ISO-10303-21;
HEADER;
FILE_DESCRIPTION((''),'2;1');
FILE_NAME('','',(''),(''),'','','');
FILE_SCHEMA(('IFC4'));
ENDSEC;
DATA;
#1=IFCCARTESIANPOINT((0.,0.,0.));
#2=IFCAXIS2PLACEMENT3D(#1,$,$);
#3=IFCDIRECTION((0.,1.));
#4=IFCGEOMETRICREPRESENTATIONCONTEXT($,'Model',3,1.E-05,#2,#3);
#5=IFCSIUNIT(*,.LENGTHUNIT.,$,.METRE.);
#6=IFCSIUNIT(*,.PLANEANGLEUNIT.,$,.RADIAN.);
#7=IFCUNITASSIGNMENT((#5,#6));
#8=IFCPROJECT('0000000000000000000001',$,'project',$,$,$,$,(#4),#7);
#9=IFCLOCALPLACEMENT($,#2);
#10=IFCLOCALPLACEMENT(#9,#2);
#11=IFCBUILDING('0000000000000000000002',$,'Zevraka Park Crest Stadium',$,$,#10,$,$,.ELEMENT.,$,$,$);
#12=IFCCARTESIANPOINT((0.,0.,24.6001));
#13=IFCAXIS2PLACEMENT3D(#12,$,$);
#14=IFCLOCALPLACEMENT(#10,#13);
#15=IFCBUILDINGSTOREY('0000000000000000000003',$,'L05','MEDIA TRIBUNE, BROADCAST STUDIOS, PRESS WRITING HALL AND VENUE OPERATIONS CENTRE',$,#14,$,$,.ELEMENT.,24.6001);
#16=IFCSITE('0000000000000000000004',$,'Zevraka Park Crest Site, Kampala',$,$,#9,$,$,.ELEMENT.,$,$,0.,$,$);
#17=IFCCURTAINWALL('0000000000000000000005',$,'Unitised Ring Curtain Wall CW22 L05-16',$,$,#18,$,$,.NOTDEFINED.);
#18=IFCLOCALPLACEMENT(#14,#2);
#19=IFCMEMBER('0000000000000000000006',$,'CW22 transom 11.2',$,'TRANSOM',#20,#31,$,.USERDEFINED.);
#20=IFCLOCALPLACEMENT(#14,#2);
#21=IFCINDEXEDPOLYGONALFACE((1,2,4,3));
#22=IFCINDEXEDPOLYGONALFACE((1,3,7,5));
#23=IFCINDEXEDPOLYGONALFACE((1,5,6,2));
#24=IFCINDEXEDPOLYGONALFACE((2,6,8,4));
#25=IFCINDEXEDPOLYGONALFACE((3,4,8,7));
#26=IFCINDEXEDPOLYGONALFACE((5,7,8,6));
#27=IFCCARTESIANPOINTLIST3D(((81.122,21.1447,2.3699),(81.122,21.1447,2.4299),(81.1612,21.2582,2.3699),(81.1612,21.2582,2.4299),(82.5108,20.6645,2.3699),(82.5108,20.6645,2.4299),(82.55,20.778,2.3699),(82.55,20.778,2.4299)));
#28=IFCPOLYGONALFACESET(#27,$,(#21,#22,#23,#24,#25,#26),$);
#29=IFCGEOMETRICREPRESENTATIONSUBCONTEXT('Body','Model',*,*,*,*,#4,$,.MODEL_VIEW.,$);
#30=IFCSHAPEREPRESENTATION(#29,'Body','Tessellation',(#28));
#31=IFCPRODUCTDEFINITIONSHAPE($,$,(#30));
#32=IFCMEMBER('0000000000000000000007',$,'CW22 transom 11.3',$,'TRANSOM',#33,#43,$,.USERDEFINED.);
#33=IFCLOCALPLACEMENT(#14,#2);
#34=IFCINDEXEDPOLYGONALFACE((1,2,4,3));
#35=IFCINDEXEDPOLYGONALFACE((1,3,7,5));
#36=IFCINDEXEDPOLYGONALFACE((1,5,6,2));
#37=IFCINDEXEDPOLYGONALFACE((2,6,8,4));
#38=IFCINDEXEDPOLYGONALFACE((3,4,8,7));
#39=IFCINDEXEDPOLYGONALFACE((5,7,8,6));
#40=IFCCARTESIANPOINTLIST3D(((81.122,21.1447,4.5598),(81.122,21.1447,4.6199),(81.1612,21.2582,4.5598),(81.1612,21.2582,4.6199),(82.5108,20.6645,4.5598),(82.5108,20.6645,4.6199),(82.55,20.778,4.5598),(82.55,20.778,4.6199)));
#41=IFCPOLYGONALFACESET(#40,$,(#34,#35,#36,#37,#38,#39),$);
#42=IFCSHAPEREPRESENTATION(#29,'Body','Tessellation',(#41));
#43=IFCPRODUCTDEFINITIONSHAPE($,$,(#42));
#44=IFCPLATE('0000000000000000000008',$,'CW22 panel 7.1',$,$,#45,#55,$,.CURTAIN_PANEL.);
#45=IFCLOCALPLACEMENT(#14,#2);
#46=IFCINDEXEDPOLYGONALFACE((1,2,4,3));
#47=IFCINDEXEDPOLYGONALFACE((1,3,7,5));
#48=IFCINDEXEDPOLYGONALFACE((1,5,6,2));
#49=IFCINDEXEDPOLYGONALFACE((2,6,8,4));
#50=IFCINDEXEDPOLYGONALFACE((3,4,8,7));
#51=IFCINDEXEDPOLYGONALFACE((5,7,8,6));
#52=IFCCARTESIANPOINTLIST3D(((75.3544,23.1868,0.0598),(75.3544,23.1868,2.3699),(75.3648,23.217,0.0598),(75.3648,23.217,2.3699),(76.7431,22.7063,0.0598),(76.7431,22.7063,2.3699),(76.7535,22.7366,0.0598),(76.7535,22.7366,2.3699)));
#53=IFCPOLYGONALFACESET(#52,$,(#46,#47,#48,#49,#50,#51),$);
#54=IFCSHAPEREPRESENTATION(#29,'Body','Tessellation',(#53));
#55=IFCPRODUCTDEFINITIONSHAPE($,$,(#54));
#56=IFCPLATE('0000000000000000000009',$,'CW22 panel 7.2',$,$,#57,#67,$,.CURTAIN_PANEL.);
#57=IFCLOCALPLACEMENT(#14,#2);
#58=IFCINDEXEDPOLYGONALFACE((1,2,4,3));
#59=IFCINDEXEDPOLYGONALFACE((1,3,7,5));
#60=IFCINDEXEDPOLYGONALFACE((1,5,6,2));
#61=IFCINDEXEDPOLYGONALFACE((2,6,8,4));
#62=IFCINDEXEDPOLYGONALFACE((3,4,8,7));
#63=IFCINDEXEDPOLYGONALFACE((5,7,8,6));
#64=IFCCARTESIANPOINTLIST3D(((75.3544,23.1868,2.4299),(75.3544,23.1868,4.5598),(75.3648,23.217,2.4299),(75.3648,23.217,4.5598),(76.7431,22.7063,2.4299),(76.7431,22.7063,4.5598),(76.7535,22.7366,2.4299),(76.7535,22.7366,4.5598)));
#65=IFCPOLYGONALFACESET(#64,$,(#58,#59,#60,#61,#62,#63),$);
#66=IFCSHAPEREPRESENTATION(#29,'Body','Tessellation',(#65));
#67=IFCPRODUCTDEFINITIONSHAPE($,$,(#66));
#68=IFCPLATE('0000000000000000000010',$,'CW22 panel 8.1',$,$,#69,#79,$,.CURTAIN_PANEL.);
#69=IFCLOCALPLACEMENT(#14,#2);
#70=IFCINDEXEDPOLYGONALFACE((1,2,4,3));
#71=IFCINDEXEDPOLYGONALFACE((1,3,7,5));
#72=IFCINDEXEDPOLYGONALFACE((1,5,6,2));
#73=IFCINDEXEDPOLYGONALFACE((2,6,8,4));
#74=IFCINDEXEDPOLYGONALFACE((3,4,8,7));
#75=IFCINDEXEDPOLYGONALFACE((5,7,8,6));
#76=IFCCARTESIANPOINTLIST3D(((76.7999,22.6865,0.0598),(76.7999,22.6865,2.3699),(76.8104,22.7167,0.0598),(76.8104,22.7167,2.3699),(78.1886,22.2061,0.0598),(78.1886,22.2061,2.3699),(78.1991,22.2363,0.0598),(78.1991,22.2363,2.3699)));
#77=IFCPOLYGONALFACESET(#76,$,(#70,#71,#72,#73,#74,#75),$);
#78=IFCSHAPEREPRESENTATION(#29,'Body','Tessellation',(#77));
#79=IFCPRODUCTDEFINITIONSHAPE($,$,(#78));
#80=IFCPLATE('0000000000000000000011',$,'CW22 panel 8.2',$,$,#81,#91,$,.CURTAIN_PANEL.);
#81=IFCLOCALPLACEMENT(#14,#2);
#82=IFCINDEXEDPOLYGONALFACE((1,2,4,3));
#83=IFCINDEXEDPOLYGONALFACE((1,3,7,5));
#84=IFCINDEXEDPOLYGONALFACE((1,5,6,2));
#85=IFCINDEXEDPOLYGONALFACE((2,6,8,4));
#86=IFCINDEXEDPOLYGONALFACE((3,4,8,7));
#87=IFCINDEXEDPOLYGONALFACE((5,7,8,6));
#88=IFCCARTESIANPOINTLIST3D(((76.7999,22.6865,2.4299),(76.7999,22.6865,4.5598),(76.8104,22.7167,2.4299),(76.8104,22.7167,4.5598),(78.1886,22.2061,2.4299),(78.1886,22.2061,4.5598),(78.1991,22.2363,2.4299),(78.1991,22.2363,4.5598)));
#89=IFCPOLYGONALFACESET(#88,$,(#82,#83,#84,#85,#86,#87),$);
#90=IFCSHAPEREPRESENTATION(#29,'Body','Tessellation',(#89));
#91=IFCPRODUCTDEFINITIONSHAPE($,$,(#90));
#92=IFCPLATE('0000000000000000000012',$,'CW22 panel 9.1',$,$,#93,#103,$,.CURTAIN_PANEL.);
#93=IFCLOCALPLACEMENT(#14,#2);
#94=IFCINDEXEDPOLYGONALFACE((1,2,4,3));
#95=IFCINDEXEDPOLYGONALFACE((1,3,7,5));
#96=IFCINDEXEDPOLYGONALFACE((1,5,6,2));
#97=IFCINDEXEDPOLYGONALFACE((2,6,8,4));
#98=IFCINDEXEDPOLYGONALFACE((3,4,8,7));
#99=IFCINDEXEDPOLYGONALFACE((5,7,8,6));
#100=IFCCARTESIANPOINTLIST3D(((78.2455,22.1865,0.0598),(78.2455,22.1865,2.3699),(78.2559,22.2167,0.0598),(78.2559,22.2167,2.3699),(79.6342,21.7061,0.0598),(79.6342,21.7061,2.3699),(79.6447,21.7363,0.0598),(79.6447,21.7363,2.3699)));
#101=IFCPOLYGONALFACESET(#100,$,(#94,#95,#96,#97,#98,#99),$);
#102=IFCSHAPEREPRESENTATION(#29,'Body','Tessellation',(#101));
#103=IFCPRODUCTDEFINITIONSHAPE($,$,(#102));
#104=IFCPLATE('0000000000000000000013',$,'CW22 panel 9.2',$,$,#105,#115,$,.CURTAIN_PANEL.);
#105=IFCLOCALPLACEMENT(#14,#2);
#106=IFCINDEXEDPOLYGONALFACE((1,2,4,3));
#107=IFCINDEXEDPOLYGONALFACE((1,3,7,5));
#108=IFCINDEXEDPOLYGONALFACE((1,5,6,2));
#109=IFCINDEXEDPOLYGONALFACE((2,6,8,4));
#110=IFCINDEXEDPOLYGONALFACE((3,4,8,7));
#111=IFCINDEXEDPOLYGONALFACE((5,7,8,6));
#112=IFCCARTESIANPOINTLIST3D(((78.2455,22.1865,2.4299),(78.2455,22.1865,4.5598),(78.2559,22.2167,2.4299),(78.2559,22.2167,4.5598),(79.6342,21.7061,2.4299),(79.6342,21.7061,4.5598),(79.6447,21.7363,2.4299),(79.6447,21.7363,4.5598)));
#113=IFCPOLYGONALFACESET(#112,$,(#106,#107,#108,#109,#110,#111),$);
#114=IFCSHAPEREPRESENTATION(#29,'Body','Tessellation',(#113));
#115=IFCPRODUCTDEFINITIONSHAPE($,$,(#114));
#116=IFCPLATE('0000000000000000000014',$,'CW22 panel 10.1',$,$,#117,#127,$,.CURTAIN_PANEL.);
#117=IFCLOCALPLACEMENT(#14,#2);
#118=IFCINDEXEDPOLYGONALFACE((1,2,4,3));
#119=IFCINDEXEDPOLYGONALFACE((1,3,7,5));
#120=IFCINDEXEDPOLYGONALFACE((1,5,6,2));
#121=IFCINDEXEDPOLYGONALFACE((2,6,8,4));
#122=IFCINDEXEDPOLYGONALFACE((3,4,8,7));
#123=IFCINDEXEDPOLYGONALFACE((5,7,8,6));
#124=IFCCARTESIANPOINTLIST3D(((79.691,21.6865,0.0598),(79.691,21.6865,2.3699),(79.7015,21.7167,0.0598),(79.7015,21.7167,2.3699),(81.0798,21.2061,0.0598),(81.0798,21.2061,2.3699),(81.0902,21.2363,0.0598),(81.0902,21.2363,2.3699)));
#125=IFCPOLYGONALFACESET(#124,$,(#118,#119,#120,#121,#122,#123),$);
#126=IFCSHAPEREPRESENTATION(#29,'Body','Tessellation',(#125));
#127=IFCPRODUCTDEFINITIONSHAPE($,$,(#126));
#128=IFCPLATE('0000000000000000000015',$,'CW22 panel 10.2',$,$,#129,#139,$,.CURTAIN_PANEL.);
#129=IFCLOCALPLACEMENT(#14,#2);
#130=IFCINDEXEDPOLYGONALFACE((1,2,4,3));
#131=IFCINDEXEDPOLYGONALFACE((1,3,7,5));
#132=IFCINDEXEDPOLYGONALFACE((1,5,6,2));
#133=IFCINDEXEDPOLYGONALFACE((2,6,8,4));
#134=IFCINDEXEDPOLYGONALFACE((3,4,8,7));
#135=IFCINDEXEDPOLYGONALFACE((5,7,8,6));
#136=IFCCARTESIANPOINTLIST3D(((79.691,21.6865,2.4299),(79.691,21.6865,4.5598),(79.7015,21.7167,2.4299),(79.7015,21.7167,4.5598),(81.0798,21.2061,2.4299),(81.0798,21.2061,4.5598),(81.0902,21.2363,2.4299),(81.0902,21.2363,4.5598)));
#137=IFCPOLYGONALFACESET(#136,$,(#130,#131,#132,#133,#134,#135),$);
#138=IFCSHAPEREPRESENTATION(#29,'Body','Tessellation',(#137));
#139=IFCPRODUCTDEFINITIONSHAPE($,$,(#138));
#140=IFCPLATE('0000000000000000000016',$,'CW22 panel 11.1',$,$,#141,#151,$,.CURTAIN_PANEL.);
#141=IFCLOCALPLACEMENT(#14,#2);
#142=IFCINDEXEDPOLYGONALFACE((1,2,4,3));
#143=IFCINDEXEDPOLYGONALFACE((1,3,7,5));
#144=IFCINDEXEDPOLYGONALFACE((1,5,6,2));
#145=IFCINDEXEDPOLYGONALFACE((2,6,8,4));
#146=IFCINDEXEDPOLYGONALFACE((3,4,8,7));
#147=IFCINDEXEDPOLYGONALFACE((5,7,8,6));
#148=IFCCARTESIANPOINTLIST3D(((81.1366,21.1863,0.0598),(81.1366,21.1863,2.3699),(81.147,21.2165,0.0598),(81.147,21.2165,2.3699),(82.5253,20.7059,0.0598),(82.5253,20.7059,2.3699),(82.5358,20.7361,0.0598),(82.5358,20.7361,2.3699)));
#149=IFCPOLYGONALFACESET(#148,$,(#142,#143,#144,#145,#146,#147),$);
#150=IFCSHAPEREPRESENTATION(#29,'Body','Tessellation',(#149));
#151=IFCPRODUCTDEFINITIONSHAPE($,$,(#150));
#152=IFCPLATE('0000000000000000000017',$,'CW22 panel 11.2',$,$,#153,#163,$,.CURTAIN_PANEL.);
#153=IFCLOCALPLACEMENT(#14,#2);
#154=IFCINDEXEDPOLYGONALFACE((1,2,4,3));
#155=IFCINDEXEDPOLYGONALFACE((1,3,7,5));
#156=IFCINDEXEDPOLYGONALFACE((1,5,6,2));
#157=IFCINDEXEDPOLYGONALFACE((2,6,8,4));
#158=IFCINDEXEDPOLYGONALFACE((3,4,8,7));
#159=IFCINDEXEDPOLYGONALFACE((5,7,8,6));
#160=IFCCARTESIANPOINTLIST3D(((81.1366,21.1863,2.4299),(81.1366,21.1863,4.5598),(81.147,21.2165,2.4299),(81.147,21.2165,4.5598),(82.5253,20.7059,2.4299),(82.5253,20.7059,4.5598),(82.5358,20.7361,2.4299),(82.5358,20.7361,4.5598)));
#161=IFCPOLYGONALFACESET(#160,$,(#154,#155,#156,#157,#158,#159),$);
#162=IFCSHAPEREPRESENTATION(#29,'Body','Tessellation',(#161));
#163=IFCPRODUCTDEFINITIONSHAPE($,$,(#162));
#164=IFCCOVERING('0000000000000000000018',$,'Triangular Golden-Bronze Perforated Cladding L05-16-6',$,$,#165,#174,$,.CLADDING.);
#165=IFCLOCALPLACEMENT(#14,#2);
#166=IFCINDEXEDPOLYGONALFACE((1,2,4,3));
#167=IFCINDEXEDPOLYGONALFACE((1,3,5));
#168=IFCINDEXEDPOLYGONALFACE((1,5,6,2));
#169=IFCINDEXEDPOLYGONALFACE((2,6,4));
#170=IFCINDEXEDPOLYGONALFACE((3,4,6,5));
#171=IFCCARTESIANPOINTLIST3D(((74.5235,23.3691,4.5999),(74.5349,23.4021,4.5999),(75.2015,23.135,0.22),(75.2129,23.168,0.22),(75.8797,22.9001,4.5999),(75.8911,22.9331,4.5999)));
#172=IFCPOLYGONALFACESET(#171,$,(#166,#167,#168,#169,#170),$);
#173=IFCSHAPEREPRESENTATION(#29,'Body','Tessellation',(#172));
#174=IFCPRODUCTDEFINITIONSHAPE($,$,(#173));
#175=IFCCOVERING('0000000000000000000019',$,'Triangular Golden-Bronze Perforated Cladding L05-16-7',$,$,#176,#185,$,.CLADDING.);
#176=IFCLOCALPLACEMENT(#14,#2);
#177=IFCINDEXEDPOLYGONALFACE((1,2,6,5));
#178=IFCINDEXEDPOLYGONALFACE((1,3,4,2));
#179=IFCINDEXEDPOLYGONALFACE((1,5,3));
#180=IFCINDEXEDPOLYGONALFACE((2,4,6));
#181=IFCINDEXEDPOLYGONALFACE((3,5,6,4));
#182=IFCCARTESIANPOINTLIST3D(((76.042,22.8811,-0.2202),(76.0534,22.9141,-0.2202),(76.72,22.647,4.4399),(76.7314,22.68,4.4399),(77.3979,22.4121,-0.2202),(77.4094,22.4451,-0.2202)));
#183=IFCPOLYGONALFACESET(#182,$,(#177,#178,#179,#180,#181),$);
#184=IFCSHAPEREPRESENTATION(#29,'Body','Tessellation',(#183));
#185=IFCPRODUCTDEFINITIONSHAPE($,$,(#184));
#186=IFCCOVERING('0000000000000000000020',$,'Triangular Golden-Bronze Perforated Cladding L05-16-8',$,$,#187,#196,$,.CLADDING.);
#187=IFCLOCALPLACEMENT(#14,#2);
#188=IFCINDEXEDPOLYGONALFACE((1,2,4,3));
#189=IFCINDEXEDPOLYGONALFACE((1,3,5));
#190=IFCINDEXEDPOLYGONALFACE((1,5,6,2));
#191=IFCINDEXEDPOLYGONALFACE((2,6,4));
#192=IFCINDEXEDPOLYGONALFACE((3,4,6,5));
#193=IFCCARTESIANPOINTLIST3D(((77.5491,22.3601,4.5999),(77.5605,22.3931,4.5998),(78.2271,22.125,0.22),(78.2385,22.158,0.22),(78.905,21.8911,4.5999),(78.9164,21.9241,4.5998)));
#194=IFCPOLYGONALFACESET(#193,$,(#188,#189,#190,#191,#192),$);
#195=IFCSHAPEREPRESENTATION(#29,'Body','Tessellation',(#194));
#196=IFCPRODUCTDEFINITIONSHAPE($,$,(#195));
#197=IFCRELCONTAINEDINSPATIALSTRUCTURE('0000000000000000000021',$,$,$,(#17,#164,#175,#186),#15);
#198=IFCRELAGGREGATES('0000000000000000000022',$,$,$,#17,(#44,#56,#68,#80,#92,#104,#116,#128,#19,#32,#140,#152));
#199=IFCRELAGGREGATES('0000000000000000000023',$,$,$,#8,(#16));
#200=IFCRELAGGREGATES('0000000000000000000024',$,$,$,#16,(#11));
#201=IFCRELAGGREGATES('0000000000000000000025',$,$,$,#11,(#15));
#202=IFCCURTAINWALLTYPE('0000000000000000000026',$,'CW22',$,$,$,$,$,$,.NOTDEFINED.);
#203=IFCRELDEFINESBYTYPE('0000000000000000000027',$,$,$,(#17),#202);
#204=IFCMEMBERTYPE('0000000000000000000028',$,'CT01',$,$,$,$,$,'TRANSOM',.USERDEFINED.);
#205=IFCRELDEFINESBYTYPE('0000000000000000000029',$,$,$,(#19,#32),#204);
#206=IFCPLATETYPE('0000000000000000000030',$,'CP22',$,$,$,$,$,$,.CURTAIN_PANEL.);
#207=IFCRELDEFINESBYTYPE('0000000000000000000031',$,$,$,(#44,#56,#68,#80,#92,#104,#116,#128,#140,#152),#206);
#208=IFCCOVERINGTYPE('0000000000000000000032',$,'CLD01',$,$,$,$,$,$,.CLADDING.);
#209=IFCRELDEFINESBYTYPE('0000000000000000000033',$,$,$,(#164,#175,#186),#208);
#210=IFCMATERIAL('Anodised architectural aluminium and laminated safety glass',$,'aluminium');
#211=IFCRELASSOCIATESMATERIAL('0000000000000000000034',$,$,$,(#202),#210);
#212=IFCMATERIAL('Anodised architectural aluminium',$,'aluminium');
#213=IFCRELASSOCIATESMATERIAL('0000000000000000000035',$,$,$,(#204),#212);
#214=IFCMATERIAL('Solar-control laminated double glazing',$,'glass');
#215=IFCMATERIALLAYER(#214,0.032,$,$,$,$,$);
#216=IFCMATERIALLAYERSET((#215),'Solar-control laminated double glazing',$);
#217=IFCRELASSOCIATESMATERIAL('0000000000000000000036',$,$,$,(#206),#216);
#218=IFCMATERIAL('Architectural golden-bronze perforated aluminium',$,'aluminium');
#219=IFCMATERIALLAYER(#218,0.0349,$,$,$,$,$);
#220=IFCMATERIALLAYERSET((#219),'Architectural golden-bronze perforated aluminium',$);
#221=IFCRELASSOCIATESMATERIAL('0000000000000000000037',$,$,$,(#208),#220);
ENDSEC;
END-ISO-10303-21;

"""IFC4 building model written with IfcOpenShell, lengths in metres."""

from ifc_helpers import new_model, si_unit, direction, frame, origin, origin_2d, place, context, subcontext, project, spatial, polyline, rectangle, outline, extrude, material, layer, layer_set, material_profile, profile_set, type_object, element, aggregate, save


model = new_model("IFC4")

# Units and contexts
model_context = context("Model", 3, precision=1e-05, world=origin(), true_north=direction((0.0, 1.0)))
body_context = subcontext(model_context, "Body", "Model", "MODEL_VIEW")
ifc_project = project(units=[si_unit("LENGTHUNIT", "METRE"), si_unit("PLANEANGLEUNIT", "RADIAN")], contexts=[model_context])

# Site, building, storey
site_placement = place(None, origin())
site = spatial("IfcSite", under=ifc_project, at=site_placement, Name="Zevraka Park Crest Site, Kampala", CompositionType="ELEMENT", RefElevation=0.0)
building_placement = place(site_placement, origin())
building = spatial("IfcBuilding", under=site, at=building_placement, Name="Zevraka Park Crest Stadium", CompositionType="ELEMENT")
storey_placement = place(building_placement, frame((0.0, 0.0, 24.6001)))
storey = spatial("IfcBuildingStorey", under=building, at=storey_placement, Name="L05", Description="MEDIA TRIBUNE, BROADCAST STUDIOS, PRESS WRITING HALL AND VENUE OPERATIONS CENTRE", CompositionType="ELEMENT", Elevation=24.6001)

# Curtain wall, members, plates
ifc_material_1 = material(Name="Anodised architectural aluminium and laminated safety glass", Category="aluminium")
curtain_wall_type = type_object("IfcCurtainWallType", Name="CW22", PredefinedType="NOTDEFINED", material=ifc_material_1)
curtain_wall_placement = place(storey_placement, origin())
curtain_wall = element("IfcCurtainWall", 1, at=curtain_wall_placement, inside=storey, type_object=curtain_wall_type, Name="Unitised Ring Curtain Wall CW22 L05-16", PredefinedType="NOTDEFINED")
ifc_material_2 = material(Name="Anodised architectural aluminium", Category="aluminium")
ifc_material_profile_1 = material_profile(ifc_material_2, rectangle(XDim=0.1201, YDim=0.0601, at=origin_2d()), Name="ALU TRANSOM 120x60")
ifc_profile_set_1 = profile_set([ifc_material_profile_1], Name="Anodised architectural aluminium")
member_type_1 = type_object("IfcMemberType", Name="CT01", ElementType="TRANSOM", PredefinedType="USERDEFINED", material=ifc_profile_set_1)
member_1_placement = place(storey_placement, frame((81.1416, 21.2014, 2.3999), z_axis=(0.945103, -0.326774, 0.0), x_axis=(0.326774, 0.945103, 0.0)))
member_1 = element("IfcMember", 2, at=member_1_placement, type_object=member_type_1, Name="CW22 transom 11.2", ObjectType="TRANSOM", PredefinedType="USERDEFINED", context=body_context, shape_type="SweptSolid", body=[
    extrude(rectangle(XDim=0.1201, YDim=0.0601, at=origin_2d()), origin(), (0.0, 0.0, 1.0), 1.4695),
])
member_2_placement = place(storey_placement, frame((81.1416, 21.2014, 4.5898), z_axis=(0.945103, -0.326774, 0.0), x_axis=(0.326774, 0.945103, 0.0)))
member_2 = element("IfcMember", 3, at=member_2_placement, type_object=member_type_1, Name="CW22 transom 11.3", ObjectType="TRANSOM", PredefinedType="USERDEFINED", context=body_context, shape_type="SweptSolid", body=[
    extrude(rectangle(XDim=0.1201, YDim=0.0601, at=origin_2d()), origin(), (0.0, 0.0, 1.0), 1.4695),
])
ifc_material_3 = material(Name="Solar-control laminated double glazing", Category="glass")
ifc_layer_1 = layer(ifc_material_3, 0.032)
ifc_layer_set_1 = layer_set([ifc_layer_1], Name="Solar-control laminated double glazing")
plate_type = type_object("IfcPlateType", Name="CP22", PredefinedType="CURTAIN_PANEL", material=ifc_layer_set_1)
plate_1_placement = place(storey_placement, frame((76.054, 22.9617, 0.0598), z_axis=(0.0, 0.0, 1.0), x_axis=(0.945049, -0.326929, 0.0)))
plate_1 = element("IfcPlate", 4, at=plate_1_placement, type_object=plate_type, Name="CW22 panel 7.1", PredefinedType="CURTAIN_PANEL", context=body_context, shape_type="SweptSolid", body=[
    extrude(rectangle(XDim=1.4695, YDim=0.032, at=origin_2d()), origin(), (0.0, 0.0, 1.0), 2.3101),
])
plate_2_placement = place(storey_placement, frame((76.054, 22.9617, 2.4299), z_axis=(0.0, 0.0, 1.0), x_axis=(0.945049, -0.326929, 0.0)))
plate_2 = element("IfcPlate", 5, at=plate_2_placement, type_object=plate_type, Name="CW22 panel 7.2", PredefinedType="CURTAIN_PANEL", context=body_context, shape_type="SweptSolid", body=[
    extrude(rectangle(XDim=1.4695, YDim=0.032, at=origin_2d()), origin(), (0.0, 0.0, 1.0), 2.1299),
])
plate_3_placement = place(storey_placement, frame((77.4995, 22.4614, 0.0598), z_axis=(0.0, 0.0, 1.0), x_axis=(0.945049, -0.326929, 0.0)))
plate_3 = element("IfcPlate", 6, at=plate_3_placement, type_object=plate_type, Name="CW22 panel 8.1", PredefinedType="CURTAIN_PANEL", context=body_context, shape_type="SweptSolid", body=[
    extrude(rectangle(XDim=1.4695, YDim=0.032, at=origin_2d()), origin(), (0.0, 0.0, 1.0), 2.3101),
])
plate_4_placement = place(storey_placement, frame((77.4995, 22.4614, 2.4299), z_axis=(0.0, 0.0, 1.0), x_axis=(0.945049, -0.326929, 0.0)))
plate_4 = element("IfcPlate", 7, at=plate_4_placement, type_object=plate_type, Name="CW22 panel 8.2", PredefinedType="CURTAIN_PANEL", context=body_context, shape_type="SweptSolid", body=[
    extrude(rectangle(XDim=1.4695, YDim=0.032, at=origin_2d()), origin(), (0.0, 0.0, 1.0), 2.1299),
])
plate_5_placement = place(storey_placement, frame((78.9451, 21.9614, 0.0598), z_axis=(0.0, 0.0, 1.0), x_axis=(0.945049, -0.326929, 0.0)))
plate_5 = element("IfcPlate", 8, at=plate_5_placement, type_object=plate_type, Name="CW22 panel 9.1", PredefinedType="CURTAIN_PANEL", context=body_context, shape_type="SweptSolid", body=[
    extrude(rectangle(XDim=1.4695, YDim=0.032, at=origin_2d()), origin(), (0.0, 0.0, 1.0), 2.3101),
])
plate_6_placement = place(storey_placement, frame((78.9451, 21.9614, 2.4299), z_axis=(0.0, 0.0, 1.0), x_axis=(0.945049, -0.326929, 0.0)))
plate_6 = element("IfcPlate", 9, at=plate_6_placement, type_object=plate_type, Name="CW22 panel 9.2", PredefinedType="CURTAIN_PANEL", context=body_context, shape_type="SweptSolid", body=[
    extrude(rectangle(XDim=1.4695, YDim=0.032, at=origin_2d()), origin(), (0.0, 0.0, 1.0), 2.1299),
])
plate_7_placement = place(storey_placement, frame((80.3906, 21.4614, 0.0598), z_axis=(0.0, 0.0, 1.0), x_axis=(0.945049, -0.326929, 0.0)))
plate_7 = element("IfcPlate", 10, at=plate_7_placement, type_object=plate_type, Name="CW22 panel 10.1", PredefinedType="CURTAIN_PANEL", context=body_context, shape_type="SweptSolid", body=[
    extrude(rectangle(XDim=1.4695, YDim=0.032, at=origin_2d()), origin(), (0.0, 0.0, 1.0), 2.3101),
])
plate_8_placement = place(storey_placement, frame((80.3906, 21.4614, 2.4299), z_axis=(0.0, 0.0, 1.0), x_axis=(0.945049, -0.326929, 0.0)))
plate_8 = element("IfcPlate", 11, at=plate_8_placement, type_object=plate_type, Name="CW22 panel 10.2", PredefinedType="CURTAIN_PANEL", context=body_context, shape_type="SweptSolid", body=[
    extrude(rectangle(XDim=1.4695, YDim=0.032, at=origin_2d()), origin(), (0.0, 0.0, 1.0), 2.1299),
])
plate_9_placement = place(storey_placement, frame((81.8362, 20.9612, 0.0598), z_axis=(0.0, 0.0, 1.0), x_axis=(0.945049, -0.326929, 0.0)))
plate_9 = element("IfcPlate", 12, at=plate_9_placement, type_object=plate_type, Name="CW22 panel 11.1", PredefinedType="CURTAIN_PANEL", context=body_context, shape_type="SweptSolid", body=[
    extrude(rectangle(XDim=1.4695, YDim=0.032, at=origin_2d()), origin(), (0.0, 0.0, 1.0), 2.3101),
])
plate_10_placement = place(storey_placement, frame((81.8362, 20.9612, 2.4299), z_axis=(0.0, 0.0, 1.0), x_axis=(0.945049, -0.326929, 0.0)))
plate_10 = element("IfcPlate", 13, at=plate_10_placement, type_object=plate_type, Name="CW22 panel 11.2", PredefinedType="CURTAIN_PANEL", context=body_context, shape_type="SweptSolid", body=[
    extrude(rectangle(XDim=1.4695, YDim=0.032, at=origin_2d()), origin(), (0.0, 0.0, 1.0), 2.1299),
])
aggregate(curtain_wall, [plate_1, plate_2, plate_3, plate_4, plate_5, plate_6, plate_7, plate_8, member_1, member_2, plate_9, plate_10])

# Coverings
ifc_material_4 = material(Name="Architectural golden-bronze perforated aluminium", Category="aluminium")
ifc_layer_2 = layer(ifc_material_4, 0.0349)
ifc_layer_set_2 = layer_set([ifc_layer_2], Name="Architectural golden-bronze perforated aluminium")
covering_type = type_object("IfcCoveringType", Name="CLD01", PredefinedType="CLADDING", material=ifc_layer_set_2)
covering_1_placement = place(storey_placement, frame((75.8911, 22.9331, 4.5999), z_axis=(0.326824, 0.945085, 0.00007), x_axis=(-0.945085, 0.326824, 0.0)))
element("IfcCovering", 14, at=covering_1_placement, inside=storey, type_object=covering_type, Name="Triangular Golden-Bronze Perforated Cladding L05-16-6", PredefinedType="CLADDING", context=body_context, shape_type="SweptSolid", body=[
    extrude(outline(polyline([(0.0, 0.0), (1.435, 0.0), (0.7177, -4.3799), (0.0, 0.0)])), origin(), (0.0, 0.0, -1.0), 0.0349),
])
covering_2_placement = place(storey_placement, frame((76.042, 22.8811, -0.2202), z_axis=(-0.326877, -0.945067, 0.000074), x_axis=(0.945067, -0.326877, 0.0)))
element("IfcCovering", 15, at=covering_2_placement, inside=storey, type_object=covering_type, Name="Triangular Golden-Bronze Perforated Cladding L05-16-7", PredefinedType="CLADDING", context=body_context, shape_type="SweptSolid", body=[
    extrude(outline(polyline([(0.0, 0.0), (1.4348, 0.0), (0.7173, 4.6602), (0.0, 0.0)])), origin(), (0.0, 0.0, -1.0), 0.0349),
])
covering_3_placement = place(storey_placement, frame((78.905, 21.8911, 4.5999), z_axis=(-0.326877, -0.945067, 0.000132), x_axis=(-0.945067, 0.326877, 0.0)))
element("IfcCovering", 16, at=covering_3_placement, inside=storey, type_object=covering_type, Name="Triangular Golden-Bronze Perforated Cladding L05-16-8", PredefinedType="CLADDING", context=body_context, shape_type="SweptSolid", body=[
    extrude(outline(polyline([(0.0, 0.0), (1.4348, 0.0), (0.7172, 4.3799), (0.0, 0.0)])), origin(), (0.0, 0.0, -1.0), 0.0349),
])

save(model, "model.ifc")
